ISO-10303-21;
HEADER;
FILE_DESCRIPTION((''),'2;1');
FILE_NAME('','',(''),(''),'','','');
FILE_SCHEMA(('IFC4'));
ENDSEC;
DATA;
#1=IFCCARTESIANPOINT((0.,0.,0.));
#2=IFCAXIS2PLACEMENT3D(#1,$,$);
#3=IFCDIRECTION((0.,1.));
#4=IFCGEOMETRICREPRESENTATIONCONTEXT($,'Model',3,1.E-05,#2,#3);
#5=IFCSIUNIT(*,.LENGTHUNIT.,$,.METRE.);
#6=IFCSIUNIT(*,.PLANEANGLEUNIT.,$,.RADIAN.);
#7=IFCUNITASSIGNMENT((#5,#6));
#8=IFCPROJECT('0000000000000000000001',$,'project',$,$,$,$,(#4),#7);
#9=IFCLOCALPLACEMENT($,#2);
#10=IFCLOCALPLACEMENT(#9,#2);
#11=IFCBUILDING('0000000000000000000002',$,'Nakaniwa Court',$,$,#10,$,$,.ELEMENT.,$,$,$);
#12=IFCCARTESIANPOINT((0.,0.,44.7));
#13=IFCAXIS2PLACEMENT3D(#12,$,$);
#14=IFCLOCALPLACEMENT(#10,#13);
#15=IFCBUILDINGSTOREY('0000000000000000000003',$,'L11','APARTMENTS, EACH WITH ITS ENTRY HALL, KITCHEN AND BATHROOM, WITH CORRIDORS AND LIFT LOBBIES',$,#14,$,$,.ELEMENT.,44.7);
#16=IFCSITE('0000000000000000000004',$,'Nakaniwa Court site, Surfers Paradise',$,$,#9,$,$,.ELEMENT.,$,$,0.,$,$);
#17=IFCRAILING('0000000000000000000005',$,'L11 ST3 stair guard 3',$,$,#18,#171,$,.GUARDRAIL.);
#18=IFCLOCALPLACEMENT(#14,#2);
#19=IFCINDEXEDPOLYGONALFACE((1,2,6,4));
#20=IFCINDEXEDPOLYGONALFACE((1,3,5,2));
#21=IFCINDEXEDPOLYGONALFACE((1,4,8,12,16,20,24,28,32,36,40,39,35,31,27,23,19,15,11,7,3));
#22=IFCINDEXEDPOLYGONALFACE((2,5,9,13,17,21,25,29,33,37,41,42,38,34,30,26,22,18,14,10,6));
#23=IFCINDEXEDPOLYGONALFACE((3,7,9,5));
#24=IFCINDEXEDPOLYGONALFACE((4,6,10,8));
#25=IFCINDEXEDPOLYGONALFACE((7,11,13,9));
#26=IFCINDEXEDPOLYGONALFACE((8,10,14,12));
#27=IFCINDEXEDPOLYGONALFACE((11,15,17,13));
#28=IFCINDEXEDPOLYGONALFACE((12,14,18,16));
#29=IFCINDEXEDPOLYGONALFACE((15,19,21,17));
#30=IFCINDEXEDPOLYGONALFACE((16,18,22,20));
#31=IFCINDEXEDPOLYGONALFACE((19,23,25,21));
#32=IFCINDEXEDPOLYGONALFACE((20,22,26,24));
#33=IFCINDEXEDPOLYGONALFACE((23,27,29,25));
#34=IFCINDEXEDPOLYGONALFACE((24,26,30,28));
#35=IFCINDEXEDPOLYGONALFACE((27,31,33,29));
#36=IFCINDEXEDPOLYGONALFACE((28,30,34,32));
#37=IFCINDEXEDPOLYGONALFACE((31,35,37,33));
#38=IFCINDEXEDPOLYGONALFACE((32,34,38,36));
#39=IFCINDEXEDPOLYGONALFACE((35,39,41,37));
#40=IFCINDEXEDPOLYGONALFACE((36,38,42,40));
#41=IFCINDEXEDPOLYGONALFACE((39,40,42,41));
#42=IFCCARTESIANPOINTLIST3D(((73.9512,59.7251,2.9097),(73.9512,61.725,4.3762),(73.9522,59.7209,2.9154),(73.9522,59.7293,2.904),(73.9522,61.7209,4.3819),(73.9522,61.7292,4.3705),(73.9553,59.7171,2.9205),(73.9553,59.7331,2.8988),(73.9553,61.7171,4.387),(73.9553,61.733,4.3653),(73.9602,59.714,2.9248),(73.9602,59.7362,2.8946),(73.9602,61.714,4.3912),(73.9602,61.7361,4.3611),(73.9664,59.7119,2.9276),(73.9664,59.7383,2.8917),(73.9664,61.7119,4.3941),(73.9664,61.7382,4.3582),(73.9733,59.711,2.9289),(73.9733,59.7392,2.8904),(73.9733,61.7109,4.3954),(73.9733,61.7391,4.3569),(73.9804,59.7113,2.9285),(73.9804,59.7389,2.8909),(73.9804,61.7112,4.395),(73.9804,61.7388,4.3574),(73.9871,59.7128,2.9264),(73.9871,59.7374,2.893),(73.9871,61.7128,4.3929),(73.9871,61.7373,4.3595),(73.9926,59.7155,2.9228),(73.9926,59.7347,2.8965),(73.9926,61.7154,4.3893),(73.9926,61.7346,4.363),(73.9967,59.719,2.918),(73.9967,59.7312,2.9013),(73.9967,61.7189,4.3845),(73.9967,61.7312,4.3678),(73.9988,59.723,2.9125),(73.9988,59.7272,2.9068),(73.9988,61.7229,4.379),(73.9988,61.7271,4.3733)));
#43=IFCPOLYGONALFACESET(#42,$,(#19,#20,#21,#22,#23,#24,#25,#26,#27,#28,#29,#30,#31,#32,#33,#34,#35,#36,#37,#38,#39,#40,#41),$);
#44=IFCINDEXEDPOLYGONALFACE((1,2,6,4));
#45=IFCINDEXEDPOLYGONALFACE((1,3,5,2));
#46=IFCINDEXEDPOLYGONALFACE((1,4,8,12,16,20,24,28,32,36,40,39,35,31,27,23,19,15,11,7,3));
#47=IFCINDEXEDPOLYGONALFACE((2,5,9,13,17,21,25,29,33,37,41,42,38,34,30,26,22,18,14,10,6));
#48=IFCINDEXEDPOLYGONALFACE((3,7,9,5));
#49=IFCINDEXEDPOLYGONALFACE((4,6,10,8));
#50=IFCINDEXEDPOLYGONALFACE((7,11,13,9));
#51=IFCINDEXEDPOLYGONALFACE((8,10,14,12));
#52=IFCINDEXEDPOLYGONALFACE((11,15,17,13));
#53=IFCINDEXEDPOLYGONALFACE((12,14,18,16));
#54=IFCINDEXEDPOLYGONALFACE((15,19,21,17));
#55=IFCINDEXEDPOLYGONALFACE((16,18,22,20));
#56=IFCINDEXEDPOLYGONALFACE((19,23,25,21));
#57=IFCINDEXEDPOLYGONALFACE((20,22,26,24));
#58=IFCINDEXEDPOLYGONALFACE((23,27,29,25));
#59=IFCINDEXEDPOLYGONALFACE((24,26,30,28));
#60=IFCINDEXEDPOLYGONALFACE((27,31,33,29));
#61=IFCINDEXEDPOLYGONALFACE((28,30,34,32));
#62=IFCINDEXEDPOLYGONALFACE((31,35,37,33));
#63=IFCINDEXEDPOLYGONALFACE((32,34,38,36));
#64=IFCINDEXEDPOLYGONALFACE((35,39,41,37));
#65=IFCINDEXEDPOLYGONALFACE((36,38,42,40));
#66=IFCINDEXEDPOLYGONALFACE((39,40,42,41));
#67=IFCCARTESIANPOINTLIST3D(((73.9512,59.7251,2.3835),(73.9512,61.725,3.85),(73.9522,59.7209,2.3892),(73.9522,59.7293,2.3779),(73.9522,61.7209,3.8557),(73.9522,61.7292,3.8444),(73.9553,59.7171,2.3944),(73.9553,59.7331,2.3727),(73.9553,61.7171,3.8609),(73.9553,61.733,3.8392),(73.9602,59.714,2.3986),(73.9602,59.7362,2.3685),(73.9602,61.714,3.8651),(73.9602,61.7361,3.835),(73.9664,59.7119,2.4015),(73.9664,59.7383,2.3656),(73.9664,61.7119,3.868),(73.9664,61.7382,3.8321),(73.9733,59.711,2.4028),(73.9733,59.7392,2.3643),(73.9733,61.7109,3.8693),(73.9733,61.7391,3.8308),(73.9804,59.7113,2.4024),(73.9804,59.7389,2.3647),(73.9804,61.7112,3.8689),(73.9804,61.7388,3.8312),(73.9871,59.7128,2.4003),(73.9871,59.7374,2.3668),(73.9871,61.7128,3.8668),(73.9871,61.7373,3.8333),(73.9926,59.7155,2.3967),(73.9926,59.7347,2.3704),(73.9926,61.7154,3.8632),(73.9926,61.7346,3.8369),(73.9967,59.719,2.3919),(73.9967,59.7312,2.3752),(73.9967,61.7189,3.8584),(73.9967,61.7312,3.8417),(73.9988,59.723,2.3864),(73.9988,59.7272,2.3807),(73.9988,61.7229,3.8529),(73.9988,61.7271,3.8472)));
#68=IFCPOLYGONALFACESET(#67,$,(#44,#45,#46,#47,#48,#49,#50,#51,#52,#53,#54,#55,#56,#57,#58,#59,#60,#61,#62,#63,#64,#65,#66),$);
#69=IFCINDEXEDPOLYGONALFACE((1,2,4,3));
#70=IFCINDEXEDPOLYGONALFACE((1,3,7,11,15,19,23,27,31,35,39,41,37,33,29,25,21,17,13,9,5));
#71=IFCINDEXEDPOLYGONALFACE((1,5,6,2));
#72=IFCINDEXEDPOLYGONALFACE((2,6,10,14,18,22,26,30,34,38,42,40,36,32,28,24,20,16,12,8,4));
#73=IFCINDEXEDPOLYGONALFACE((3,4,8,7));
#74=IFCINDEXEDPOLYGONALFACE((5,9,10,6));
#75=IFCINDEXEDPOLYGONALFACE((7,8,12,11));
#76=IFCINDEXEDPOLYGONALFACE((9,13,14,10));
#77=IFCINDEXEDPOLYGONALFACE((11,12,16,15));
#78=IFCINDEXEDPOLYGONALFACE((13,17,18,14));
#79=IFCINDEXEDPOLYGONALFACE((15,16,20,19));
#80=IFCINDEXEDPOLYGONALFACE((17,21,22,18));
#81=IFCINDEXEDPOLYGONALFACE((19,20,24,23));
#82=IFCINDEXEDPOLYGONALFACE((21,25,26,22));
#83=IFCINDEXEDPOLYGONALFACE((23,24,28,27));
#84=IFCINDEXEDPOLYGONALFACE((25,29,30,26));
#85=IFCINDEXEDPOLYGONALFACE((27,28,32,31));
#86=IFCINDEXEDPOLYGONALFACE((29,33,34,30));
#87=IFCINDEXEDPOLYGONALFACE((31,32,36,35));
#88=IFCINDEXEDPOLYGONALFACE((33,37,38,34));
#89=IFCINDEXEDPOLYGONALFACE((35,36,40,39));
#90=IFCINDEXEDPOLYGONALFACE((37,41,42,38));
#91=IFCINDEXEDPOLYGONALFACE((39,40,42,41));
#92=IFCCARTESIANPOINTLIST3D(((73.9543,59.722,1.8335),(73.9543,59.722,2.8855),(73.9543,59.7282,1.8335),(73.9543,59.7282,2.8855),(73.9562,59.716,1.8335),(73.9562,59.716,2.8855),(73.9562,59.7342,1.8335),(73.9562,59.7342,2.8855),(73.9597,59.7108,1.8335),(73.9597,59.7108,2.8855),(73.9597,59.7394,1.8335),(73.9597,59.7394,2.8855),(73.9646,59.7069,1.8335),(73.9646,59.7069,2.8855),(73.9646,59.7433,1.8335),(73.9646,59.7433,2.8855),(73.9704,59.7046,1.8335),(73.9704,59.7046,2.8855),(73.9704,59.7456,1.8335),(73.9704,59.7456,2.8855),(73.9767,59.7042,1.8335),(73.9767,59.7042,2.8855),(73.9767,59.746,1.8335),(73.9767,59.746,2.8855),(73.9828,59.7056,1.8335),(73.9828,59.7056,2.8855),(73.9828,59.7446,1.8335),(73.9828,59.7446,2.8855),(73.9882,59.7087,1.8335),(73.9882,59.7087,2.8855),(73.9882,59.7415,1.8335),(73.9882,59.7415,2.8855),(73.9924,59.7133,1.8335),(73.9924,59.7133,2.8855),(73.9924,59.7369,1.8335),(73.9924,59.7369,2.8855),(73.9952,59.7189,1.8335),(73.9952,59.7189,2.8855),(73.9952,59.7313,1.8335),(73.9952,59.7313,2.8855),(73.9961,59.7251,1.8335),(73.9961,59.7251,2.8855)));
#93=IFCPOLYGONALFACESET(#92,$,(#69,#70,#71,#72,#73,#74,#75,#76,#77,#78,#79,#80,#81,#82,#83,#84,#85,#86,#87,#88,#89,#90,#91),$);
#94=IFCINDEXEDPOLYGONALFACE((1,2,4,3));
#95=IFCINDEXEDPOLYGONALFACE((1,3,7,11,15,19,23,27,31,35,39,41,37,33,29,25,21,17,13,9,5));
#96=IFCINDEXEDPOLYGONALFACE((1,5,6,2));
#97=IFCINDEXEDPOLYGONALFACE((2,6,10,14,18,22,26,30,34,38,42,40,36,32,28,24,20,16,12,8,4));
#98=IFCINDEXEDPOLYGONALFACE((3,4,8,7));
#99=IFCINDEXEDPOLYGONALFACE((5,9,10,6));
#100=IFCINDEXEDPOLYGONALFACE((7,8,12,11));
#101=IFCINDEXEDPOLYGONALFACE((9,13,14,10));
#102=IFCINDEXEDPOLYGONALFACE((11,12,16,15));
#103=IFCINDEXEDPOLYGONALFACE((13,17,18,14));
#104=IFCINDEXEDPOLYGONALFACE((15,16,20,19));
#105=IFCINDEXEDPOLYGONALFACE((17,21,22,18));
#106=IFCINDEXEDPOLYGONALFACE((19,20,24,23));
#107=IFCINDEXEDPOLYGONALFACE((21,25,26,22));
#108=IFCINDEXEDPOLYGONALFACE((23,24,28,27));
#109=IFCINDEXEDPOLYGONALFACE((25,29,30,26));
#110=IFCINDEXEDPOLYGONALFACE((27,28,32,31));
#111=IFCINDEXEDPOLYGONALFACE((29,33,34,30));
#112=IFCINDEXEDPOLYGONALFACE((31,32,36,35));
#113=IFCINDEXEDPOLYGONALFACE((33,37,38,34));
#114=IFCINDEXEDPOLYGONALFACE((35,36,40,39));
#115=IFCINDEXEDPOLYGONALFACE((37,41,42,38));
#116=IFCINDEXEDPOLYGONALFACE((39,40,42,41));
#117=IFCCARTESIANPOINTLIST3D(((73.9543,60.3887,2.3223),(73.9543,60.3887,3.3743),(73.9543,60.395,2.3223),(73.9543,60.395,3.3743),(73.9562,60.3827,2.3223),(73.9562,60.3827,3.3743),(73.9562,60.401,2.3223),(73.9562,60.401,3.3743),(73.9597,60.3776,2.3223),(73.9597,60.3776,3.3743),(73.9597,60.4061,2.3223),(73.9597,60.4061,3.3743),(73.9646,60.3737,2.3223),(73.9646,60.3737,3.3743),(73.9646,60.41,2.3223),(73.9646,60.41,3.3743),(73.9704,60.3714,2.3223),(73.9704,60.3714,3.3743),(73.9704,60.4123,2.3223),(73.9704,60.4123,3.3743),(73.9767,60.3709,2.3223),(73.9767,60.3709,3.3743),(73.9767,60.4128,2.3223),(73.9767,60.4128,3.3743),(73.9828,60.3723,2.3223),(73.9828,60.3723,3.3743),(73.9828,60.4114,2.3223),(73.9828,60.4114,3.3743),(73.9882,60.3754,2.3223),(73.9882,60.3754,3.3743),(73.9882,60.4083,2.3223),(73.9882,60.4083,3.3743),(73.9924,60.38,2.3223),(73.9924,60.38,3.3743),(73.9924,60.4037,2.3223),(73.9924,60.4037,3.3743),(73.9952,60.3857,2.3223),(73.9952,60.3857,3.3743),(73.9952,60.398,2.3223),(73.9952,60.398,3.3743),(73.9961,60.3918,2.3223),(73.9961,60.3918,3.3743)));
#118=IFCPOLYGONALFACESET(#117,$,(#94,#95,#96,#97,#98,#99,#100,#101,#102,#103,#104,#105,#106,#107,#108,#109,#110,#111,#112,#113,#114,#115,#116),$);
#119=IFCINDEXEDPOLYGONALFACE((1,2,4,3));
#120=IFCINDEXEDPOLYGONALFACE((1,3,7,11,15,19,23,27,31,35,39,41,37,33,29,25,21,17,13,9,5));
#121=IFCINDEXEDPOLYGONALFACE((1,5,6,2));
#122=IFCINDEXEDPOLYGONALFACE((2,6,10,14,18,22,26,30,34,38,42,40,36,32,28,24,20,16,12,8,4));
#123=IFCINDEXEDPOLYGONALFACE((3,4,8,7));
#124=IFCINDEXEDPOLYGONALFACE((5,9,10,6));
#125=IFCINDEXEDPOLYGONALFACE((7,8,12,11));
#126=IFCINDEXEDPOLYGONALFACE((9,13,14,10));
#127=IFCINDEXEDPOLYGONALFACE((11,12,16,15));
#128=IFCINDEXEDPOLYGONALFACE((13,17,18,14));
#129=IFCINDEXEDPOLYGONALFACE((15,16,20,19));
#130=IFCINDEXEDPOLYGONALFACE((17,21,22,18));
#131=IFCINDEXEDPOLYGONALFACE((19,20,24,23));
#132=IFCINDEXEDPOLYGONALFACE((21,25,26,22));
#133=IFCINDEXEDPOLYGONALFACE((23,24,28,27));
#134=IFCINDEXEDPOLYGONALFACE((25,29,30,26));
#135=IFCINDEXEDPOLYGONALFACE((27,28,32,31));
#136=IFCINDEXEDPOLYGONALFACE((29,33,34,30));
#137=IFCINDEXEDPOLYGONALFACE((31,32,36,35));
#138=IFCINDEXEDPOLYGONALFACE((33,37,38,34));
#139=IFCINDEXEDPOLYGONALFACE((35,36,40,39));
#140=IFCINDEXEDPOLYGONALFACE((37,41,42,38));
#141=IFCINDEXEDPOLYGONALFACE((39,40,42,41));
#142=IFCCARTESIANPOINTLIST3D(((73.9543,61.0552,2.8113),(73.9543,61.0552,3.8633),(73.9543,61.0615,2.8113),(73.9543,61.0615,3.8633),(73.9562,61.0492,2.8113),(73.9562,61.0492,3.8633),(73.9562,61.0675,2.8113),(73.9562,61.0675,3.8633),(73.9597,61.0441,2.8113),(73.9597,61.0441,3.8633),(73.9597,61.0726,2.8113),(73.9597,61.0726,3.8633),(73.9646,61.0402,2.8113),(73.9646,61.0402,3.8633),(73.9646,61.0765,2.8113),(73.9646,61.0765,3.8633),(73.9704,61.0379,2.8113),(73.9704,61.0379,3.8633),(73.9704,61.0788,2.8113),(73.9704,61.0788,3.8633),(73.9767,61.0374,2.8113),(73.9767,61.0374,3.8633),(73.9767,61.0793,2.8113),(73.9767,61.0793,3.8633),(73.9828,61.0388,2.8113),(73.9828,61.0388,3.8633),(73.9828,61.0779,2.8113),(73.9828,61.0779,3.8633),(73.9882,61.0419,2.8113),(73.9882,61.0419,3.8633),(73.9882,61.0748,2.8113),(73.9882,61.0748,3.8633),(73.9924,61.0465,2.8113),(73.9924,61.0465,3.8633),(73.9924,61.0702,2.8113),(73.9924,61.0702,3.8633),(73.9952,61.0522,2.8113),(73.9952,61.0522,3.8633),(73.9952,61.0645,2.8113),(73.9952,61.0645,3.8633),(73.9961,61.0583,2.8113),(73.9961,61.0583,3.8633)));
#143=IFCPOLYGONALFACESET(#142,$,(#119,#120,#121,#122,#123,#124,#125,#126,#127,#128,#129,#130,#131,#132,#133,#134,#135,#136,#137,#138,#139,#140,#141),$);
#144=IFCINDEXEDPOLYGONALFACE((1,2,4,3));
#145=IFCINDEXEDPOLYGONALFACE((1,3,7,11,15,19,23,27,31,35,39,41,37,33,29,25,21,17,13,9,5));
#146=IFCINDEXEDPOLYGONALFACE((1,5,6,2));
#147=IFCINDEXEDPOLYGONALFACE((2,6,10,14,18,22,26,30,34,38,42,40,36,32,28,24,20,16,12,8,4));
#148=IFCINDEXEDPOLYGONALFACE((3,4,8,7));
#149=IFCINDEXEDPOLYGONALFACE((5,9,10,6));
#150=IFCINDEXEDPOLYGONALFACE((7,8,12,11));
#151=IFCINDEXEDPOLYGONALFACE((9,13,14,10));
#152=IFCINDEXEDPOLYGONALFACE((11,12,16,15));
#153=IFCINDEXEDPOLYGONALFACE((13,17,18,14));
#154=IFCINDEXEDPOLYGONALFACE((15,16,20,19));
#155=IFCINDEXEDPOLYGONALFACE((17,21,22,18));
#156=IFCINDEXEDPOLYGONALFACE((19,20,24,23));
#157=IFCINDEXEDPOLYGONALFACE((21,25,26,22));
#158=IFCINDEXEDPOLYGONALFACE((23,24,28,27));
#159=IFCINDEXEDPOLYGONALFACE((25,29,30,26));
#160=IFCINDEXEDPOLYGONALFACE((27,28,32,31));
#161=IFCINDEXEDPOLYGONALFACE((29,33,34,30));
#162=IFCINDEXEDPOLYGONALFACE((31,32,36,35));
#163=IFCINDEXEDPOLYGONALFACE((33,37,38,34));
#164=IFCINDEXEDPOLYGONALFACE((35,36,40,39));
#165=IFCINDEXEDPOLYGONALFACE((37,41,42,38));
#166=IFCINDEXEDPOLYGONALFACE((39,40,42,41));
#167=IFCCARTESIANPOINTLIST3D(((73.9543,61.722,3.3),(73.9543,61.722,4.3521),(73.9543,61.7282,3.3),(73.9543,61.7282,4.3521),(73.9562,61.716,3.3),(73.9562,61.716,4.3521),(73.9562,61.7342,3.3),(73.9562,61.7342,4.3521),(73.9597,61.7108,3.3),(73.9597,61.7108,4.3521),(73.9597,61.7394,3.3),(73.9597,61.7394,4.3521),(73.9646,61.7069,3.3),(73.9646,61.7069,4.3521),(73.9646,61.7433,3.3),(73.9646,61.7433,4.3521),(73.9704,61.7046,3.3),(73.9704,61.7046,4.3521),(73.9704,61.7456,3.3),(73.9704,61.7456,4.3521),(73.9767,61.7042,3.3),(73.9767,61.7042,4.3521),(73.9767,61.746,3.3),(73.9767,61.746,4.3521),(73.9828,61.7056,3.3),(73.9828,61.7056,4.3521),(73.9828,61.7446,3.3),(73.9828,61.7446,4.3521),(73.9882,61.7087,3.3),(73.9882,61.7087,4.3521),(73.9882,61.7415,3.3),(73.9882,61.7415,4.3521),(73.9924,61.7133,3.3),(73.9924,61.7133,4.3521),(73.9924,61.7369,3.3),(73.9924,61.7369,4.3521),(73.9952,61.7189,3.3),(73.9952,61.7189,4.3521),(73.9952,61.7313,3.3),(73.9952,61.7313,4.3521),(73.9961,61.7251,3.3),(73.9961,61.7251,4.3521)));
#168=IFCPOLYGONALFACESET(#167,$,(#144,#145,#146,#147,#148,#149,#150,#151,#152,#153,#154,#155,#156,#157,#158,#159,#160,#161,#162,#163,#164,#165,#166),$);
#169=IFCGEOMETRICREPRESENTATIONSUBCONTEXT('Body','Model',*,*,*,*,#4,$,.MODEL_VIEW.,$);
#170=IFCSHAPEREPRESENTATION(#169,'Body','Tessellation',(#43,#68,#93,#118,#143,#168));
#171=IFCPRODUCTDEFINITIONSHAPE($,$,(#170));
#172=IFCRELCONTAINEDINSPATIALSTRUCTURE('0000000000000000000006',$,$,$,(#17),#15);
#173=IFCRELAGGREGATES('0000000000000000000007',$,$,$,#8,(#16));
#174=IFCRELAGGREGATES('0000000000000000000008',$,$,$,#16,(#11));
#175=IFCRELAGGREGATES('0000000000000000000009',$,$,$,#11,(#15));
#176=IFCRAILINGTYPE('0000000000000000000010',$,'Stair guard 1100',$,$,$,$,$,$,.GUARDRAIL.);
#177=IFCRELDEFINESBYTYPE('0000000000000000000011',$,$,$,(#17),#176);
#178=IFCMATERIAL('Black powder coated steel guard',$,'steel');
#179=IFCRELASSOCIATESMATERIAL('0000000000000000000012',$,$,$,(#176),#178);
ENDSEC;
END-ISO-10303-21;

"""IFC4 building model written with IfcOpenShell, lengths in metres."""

from ifc_helpers import new_model, si_unit, direction, frame, origin, origin_2d, place, context, subcontext, project, spatial, circle, extrude, material, type_object, element, save


model = new_model("IFC4")

# Units and contexts
model_context = context("Model", 3, precision=1e-05, world=origin(), true_north=direction((0.0, 1.0)))
body_context = subcontext(model_context, "Body", "Model", "MODEL_VIEW")
ifc_project = project(units=[si_unit("LENGTHUNIT", "METRE"), si_unit("PLANEANGLEUNIT", "RADIAN")], contexts=[model_context])

# Site, building, storey
site_placement = place(None, origin())
site = spatial("IfcSite", under=ifc_project, at=site_placement, Name="Nakaniwa Court site, Surfers Paradise", CompositionType="ELEMENT", RefElevation=0.0)
building_placement = place(site_placement, origin())
building = spatial("IfcBuilding", under=site, at=building_placement, Name="Nakaniwa Court", CompositionType="ELEMENT")
storey_placement = place(building_placement, frame((0.0, 0.0, 44.7)))
storey = spatial("IfcBuildingStorey", under=building, at=storey_placement, Name="L11", Description="APARTMENTS, EACH WITH ITS ENTRY HALL, KITCHEN AND BATHROOM, WITH CORRIDORS AND LIFT LOBBIES", CompositionType="ELEMENT", Elevation=44.7)

# Railing
ifc_material_1 = material(Name="Black powder coated steel guard", Category="steel")
railing_type_1 = type_object("IfcRailingType", Name="Stair guard 1100", PredefinedType="GUARDRAIL", material=ifc_material_1)
railing_1_placement = place(storey_placement, frame((73.9751, 59.7251, 1.8335)))
element("IfcRailing", 1, at=railing_1_placement, inside=storey, type_object=railing_type_1, Name="L11 ST3 stair guard 3", PredefinedType="GUARDRAIL", context=body_context, shape_type="SweptSolid", body=[
    extrude(circle(Radius=0.0239, at=origin_2d()), frame((0.0, 0.0, 1.0762), z_axis=(0.0, 0.806427, 0.591334), x_axis=(-1.0, 0.0, 0.0)), (0.0, 0.0, 1.0), 2.48),
    extrude(circle(Radius=0.0239, at=origin_2d()), frame((0.0, 0.0, 0.55), z_axis=(0.0, 0.806427, 0.591334), x_axis=(-1.0, 0.0, 0.0)), (0.0, 0.0, 1.0), 2.48),
    extrude(circle(Radius=0.021, at=origin_2d()), origin(), (0.0, 0.0, 1.0), 1.052),
    extrude(circle(Radius=0.021, at=origin_2d()), frame((0.0, 0.6667, 0.4888)), (0.0, 0.0, 1.0), 1.052),
    extrude(circle(Radius=0.021, at=origin_2d()), frame((0.0, 1.3333, 0.9778)), (0.0, 0.0, 1.0), 1.052),
    extrude(circle(Radius=0.021, at=origin_2d()), frame((0.0, 2.0, 1.4666)), (0.0, 0.0, 1.0), 1.052),
])

save(model, "model.ifc")
